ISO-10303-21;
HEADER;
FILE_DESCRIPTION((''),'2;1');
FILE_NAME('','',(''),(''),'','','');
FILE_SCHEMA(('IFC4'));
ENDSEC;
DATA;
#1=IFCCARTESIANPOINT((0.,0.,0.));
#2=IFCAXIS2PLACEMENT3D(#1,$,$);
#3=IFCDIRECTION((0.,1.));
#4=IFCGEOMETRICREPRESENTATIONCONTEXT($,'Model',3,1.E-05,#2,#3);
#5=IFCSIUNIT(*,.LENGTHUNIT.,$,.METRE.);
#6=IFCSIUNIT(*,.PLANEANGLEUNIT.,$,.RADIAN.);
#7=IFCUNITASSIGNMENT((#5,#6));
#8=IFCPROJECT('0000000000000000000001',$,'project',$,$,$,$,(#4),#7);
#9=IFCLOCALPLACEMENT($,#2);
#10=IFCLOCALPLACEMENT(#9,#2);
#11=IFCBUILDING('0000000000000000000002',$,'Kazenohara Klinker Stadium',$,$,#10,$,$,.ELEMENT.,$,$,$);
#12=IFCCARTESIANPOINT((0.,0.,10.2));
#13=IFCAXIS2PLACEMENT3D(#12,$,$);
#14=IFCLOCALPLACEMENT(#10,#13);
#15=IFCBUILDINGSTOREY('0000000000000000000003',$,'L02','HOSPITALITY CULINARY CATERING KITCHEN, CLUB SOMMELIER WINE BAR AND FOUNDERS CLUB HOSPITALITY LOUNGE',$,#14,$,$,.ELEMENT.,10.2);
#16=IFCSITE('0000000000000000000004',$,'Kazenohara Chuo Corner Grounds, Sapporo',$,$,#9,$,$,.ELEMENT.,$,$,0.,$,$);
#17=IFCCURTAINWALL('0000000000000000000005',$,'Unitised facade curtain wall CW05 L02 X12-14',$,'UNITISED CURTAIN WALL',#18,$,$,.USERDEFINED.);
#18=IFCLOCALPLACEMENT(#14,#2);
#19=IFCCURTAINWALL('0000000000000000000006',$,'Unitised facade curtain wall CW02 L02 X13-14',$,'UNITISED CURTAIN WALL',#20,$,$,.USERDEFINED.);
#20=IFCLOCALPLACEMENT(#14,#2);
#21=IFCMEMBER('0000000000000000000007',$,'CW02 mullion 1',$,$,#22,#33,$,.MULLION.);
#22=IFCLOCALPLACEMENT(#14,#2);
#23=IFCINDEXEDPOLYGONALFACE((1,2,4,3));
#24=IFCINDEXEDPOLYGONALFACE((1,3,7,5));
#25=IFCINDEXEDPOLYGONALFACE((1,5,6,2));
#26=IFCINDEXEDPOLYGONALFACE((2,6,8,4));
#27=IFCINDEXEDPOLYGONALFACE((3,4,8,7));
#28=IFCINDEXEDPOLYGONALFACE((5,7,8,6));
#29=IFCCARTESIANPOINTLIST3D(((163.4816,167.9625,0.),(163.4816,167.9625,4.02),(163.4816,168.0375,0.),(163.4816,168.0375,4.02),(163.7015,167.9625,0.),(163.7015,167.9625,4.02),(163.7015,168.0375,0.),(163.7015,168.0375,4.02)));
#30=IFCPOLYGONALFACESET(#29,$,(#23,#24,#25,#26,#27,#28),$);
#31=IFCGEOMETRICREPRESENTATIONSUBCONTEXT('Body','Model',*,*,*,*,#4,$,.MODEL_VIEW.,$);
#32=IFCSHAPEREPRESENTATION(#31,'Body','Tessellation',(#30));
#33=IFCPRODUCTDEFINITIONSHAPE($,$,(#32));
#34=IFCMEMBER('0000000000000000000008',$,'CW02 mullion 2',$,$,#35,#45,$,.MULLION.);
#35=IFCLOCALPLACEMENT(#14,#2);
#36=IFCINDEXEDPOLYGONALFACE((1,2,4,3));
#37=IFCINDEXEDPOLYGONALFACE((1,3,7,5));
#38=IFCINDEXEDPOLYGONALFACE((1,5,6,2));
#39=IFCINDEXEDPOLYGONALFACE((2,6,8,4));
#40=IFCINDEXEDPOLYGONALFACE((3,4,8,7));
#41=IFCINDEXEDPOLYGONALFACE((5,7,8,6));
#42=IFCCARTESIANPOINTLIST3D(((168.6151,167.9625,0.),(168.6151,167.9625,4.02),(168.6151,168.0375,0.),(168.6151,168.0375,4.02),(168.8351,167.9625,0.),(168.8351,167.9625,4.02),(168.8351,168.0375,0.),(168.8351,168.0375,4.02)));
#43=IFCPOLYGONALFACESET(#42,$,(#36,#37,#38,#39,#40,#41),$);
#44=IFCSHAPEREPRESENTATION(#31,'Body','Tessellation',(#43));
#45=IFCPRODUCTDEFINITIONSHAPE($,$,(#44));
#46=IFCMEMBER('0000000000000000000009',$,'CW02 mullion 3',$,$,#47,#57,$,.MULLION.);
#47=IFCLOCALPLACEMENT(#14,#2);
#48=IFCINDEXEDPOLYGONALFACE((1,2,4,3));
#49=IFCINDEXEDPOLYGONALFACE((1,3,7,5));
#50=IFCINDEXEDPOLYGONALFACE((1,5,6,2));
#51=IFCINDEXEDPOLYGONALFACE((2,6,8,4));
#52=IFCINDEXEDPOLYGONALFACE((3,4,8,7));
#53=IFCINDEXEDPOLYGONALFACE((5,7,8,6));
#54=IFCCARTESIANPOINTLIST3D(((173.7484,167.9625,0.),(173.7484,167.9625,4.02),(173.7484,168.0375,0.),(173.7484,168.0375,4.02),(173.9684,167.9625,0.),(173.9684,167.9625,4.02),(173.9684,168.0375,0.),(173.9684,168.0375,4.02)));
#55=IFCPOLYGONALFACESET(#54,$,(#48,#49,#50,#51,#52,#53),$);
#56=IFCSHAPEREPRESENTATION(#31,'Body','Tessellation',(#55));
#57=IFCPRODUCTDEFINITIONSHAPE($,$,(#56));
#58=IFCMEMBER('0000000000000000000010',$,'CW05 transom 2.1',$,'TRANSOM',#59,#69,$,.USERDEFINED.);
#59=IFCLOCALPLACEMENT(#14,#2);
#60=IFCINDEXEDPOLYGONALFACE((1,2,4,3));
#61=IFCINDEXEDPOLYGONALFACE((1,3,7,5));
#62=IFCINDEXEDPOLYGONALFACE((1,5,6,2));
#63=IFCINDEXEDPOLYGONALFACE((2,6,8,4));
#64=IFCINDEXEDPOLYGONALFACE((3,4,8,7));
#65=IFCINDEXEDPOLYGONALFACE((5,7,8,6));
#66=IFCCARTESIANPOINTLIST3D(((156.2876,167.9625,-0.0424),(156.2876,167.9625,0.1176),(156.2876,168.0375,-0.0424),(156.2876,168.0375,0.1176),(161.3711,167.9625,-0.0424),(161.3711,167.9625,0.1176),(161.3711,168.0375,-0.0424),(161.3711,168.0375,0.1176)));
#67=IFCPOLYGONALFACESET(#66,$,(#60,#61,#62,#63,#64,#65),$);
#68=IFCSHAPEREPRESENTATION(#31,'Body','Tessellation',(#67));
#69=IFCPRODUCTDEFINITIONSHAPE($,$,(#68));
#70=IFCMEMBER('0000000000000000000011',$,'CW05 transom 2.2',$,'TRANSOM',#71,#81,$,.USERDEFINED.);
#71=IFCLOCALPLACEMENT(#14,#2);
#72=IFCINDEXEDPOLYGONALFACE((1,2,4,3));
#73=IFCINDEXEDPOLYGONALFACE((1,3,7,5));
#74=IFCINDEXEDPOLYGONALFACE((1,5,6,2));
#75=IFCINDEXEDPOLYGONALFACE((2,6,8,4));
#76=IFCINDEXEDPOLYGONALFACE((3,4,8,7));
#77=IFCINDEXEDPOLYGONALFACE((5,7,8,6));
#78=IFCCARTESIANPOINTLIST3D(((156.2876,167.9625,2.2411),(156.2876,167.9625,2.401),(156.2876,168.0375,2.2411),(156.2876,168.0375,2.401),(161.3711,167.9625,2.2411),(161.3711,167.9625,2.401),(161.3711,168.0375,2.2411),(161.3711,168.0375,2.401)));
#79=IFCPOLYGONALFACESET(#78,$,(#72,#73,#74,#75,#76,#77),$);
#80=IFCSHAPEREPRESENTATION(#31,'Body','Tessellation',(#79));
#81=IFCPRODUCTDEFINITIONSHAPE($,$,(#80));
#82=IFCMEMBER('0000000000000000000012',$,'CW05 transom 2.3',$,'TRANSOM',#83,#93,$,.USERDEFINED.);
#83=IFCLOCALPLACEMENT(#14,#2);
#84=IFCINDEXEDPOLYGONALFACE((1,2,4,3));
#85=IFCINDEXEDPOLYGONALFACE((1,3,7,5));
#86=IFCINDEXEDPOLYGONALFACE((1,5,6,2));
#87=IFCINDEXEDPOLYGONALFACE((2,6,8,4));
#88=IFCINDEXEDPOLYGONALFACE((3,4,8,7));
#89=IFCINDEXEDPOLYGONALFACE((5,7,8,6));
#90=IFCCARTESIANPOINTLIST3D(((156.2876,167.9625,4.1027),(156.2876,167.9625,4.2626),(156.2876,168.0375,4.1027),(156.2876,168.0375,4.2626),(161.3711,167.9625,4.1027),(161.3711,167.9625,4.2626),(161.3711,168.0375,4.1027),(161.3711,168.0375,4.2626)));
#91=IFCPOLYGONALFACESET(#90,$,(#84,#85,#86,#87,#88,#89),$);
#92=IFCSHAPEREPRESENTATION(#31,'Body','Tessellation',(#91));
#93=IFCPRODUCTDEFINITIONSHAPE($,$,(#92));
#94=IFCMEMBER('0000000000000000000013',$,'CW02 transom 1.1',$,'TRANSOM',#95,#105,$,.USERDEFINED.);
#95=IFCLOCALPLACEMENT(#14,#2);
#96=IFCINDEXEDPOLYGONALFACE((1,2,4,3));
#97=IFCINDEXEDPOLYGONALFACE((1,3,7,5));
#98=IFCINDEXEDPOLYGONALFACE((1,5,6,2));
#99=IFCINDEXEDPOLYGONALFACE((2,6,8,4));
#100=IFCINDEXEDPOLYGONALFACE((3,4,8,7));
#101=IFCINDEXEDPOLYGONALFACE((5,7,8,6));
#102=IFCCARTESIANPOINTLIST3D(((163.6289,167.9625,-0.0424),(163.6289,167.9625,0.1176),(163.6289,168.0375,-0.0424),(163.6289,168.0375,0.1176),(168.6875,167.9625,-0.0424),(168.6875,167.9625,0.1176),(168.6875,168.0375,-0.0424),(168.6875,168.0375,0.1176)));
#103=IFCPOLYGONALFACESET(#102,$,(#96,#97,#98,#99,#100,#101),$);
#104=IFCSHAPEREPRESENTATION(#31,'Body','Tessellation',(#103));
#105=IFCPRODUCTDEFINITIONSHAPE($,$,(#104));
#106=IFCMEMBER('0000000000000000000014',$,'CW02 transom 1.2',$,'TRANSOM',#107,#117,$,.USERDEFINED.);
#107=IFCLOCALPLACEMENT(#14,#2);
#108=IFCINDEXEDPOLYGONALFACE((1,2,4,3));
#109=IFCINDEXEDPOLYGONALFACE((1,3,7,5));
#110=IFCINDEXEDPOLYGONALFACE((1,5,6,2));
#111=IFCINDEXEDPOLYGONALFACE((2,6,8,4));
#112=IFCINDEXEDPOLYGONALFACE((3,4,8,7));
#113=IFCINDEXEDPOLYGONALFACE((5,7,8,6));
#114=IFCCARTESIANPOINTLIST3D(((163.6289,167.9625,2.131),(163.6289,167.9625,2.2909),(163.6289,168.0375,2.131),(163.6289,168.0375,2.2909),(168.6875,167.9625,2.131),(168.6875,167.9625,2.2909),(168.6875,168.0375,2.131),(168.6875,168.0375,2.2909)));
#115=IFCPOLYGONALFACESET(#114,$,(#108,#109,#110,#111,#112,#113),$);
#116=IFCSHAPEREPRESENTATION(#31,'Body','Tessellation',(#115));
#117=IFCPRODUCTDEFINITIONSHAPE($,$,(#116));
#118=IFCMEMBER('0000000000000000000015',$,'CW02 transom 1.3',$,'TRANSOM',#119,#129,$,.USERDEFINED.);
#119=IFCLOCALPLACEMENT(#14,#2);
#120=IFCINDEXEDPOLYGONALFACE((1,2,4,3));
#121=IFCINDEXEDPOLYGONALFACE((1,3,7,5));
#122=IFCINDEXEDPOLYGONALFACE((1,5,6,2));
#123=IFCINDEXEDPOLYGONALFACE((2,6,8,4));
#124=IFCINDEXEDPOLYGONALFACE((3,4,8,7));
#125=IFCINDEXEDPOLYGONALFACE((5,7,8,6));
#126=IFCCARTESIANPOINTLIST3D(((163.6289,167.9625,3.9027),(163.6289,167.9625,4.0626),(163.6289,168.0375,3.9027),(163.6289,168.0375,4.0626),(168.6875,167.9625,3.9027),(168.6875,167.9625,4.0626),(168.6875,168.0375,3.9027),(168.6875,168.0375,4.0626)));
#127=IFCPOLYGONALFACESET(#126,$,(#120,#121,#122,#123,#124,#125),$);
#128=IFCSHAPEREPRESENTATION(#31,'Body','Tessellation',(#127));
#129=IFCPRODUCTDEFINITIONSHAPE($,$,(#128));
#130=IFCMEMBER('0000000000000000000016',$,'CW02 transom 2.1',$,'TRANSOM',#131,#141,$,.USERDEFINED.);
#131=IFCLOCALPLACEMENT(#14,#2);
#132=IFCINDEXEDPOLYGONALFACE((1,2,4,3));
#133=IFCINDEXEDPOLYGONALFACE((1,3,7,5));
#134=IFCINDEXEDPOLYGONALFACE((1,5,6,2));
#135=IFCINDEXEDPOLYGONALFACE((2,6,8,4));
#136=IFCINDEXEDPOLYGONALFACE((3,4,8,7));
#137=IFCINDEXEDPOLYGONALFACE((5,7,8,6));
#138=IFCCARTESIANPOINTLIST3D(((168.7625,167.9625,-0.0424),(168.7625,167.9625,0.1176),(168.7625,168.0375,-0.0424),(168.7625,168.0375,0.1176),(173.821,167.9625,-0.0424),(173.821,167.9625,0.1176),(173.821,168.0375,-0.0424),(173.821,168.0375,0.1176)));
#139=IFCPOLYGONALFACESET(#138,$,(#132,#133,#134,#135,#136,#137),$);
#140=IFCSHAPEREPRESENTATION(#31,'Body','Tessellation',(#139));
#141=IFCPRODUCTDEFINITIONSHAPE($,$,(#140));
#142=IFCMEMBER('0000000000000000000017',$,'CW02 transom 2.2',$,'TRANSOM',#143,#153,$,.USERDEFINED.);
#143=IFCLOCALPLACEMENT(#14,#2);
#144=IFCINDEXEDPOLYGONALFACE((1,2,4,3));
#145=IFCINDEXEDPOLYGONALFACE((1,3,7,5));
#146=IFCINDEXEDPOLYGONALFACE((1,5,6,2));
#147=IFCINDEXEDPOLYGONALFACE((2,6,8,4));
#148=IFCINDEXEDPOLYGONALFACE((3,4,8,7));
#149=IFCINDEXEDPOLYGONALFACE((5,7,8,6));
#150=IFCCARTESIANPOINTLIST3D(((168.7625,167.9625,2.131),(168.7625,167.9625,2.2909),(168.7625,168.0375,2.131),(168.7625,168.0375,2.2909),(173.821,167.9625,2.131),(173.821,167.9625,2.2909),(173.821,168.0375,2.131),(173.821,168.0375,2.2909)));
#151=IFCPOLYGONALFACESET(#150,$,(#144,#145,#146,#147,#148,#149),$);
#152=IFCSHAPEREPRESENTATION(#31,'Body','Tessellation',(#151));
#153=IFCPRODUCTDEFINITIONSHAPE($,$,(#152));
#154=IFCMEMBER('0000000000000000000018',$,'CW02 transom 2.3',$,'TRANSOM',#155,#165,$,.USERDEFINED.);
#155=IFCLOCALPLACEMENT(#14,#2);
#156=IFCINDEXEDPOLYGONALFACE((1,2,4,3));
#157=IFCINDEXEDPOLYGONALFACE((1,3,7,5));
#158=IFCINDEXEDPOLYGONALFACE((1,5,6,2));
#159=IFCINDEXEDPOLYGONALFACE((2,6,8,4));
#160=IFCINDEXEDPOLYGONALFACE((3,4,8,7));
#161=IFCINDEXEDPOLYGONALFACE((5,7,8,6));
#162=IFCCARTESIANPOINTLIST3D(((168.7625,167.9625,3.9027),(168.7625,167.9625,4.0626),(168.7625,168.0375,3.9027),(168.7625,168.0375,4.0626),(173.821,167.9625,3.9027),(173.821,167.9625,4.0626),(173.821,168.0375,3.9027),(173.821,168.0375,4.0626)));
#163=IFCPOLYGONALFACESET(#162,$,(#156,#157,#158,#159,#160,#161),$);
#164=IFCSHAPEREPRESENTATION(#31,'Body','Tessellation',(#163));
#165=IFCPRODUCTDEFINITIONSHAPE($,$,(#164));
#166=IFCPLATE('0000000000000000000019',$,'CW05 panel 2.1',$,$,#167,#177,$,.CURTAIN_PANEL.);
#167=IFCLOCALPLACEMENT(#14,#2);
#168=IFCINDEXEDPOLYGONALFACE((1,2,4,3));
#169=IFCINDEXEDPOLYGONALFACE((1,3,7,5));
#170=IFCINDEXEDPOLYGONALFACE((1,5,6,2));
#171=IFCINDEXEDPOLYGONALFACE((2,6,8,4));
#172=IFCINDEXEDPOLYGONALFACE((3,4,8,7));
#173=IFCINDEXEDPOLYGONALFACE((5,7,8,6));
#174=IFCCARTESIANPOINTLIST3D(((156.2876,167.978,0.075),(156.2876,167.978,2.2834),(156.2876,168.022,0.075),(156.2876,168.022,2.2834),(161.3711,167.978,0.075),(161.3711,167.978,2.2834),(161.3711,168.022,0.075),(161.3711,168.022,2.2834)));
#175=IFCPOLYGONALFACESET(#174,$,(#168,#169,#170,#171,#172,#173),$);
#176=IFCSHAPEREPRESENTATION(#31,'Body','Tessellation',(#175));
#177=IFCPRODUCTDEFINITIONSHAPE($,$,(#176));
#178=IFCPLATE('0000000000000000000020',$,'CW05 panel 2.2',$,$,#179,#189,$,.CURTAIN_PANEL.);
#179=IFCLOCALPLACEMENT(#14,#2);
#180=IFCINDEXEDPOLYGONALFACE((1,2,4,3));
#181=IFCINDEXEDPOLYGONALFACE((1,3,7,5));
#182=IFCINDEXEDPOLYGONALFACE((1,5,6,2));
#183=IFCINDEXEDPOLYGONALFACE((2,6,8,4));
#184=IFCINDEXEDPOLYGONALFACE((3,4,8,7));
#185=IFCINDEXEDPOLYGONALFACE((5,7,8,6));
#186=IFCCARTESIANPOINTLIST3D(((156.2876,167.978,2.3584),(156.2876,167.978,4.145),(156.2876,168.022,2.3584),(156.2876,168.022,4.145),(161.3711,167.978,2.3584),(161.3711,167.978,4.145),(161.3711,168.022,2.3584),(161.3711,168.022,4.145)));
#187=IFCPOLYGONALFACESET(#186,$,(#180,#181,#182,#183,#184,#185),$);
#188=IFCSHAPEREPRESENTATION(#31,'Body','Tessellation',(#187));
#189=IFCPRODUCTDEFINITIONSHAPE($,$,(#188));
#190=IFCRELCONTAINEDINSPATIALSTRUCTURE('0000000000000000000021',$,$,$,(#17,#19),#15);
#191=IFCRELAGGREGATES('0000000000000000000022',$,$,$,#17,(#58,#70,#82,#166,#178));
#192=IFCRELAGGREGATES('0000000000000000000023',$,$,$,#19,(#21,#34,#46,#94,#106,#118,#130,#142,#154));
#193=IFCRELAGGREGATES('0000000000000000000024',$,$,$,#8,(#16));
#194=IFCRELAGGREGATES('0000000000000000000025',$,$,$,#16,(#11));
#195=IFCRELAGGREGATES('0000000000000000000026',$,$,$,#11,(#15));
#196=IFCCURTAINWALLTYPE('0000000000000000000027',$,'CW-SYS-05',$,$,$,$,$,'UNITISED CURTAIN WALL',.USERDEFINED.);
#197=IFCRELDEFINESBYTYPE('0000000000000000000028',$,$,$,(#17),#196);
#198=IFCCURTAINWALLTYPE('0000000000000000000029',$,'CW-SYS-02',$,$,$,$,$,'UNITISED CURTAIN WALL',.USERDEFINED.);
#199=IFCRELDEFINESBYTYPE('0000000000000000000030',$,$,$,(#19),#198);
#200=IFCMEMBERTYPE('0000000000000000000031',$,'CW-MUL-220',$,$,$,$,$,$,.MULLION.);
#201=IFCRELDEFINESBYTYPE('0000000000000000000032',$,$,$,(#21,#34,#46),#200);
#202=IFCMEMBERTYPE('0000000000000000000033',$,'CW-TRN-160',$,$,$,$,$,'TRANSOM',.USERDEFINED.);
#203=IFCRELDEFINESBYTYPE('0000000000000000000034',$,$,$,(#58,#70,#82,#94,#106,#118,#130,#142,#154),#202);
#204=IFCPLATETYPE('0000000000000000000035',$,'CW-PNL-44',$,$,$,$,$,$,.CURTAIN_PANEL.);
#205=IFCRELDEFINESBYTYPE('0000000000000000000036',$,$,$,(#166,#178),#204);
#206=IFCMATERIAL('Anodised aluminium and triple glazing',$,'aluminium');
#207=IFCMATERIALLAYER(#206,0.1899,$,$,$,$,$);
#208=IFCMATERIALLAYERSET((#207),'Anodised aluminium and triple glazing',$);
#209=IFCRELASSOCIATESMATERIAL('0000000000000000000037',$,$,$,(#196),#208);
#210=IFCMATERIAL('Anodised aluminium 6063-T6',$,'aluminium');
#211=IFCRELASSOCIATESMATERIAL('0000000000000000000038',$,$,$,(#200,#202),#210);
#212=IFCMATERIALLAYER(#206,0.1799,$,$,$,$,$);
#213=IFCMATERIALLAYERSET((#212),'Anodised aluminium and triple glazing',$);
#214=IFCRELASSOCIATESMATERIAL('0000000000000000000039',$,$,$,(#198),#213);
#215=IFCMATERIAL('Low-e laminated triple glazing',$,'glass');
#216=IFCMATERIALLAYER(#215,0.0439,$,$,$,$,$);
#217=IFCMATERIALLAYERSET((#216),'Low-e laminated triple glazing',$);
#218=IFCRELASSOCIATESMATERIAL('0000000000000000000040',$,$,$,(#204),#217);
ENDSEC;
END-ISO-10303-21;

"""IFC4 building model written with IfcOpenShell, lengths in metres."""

from ifc_helpers import new_model, si_unit, direction, frame, origin, origin_2d, place, context, subcontext, project, spatial, rectangle, extrude, material, layer, layer_set, material_profile, profile_set, type_object, element, aggregate, save


model = new_model("IFC4")

# Units and contexts
model_context = context("Model", 3, precision=1e-05, world=origin(), true_north=direction((0.0, 1.0)))
body_context = subcontext(model_context, "Body", "Model", "MODEL_VIEW")
ifc_project = project(units=[si_unit("LENGTHUNIT", "METRE"), si_unit("PLANEANGLEUNIT", "RADIAN")], contexts=[model_context])

# Site, building, storey
site_placement = place(None, origin())
site = spatial("IfcSite", under=ifc_project, at=site_placement, Name="Kazenohara Chuo Corner Grounds, Sapporo", CompositionType="ELEMENT", RefElevation=0.0)
building_placement = place(site_placement, origin())
building = spatial("IfcBuilding", under=site, at=building_placement, Name="Kazenohara Klinker Stadium", CompositionType="ELEMENT")
storey_placement = place(building_placement, frame((0.0, 0.0, 10.2)))
storey = spatial("IfcBuildingStorey", under=building, at=storey_placement, Name="L02", Description="HOSPITALITY CULINARY CATERING KITCHEN, CLUB SOMMELIER WINE BAR AND FOUNDERS CLUB HOSPITALITY LOUNGE", CompositionType="ELEMENT", Elevation=10.2)

# Curtain wall
ifc_material_1 = material(Name="Anodised aluminium and triple glazing", Category="aluminium")
ifc_layer_1 = layer(ifc_material_1, 0.1899)
ifc_layer_set_1 = layer_set([ifc_layer_1], Name="Anodised aluminium and triple glazing")
curtain_wall_type_1 = type_object("IfcCurtainWallType", Name="CW-SYS-05", ElementType="UNITISED CURTAIN WALL", PredefinedType="USERDEFINED", material=ifc_layer_set_1)
curtain_wall_1_placement = place(storey_placement, origin())
curtain_wall_1 = element("IfcCurtainWall", 1, at=curtain_wall_1_placement, inside=storey, type_object=curtain_wall_type_1, Name="Unitised facade curtain wall CW05 L02 X12-14", ObjectType="UNITISED CURTAIN WALL", PredefinedType="USERDEFINED")
ifc_material_2 = material(Name="Anodised aluminium 6063-T6", Category="aluminium")
ifc_material_profile_1 = material_profile(ifc_material_2, rectangle(XDim=0.075, YDim=0.22, at=origin_2d()), Name="ALU-MUL-75x220")
ifc_profile_set_1 = profile_set([ifc_material_profile_1], Name="Anodised aluminium 6063-T6")
member_type_1 = type_object("IfcMemberType", Name="CW-MUL-220", PredefinedType="MULLION", material=ifc_profile_set_1)

# Curtain wall, members
ifc_layer_2 = layer(ifc_material_1, 0.1799)
ifc_layer_set_2 = layer_set([ifc_layer_2], Name="Anodised aluminium and triple glazing")
curtain_wall_type_2 = type_object("IfcCurtainWallType", Name="CW-SYS-02", ElementType="UNITISED CURTAIN WALL", PredefinedType="USERDEFINED", material=ifc_layer_set_2)
curtain_wall_2_placement = place(storey_placement, origin())
curtain_wall_2 = element("IfcCurtainWall", 2, at=curtain_wall_2_placement, inside=storey, type_object=curtain_wall_type_2, Name="Unitised facade curtain wall CW02 L02 X13-14", ObjectType="UNITISED CURTAIN WALL", PredefinedType="USERDEFINED")
member_1_placement = place(storey_placement, frame((163.5916, 168.0, 0.0), z_axis=(0.0, 0.0, 1.0), x_axis=(0.0, 1.0, 0.0)))
member_1 = element("IfcMember", 3, at=member_1_placement, type_object=member_type_1, Name="CW02 mullion 1", PredefinedType="MULLION", context=body_context, shape_type="SweptSolid", body=[
    extrude(rectangle(XDim=0.075, YDim=0.22, at=origin_2d()), origin(), (0.0, 0.0, 1.0), 4.02),
])
member_2_placement = place(storey_placement, frame((168.7251, 168.0, 0.0), z_axis=(0.0, 0.0, 1.0), x_axis=(0.0, 1.0, 0.0)))
member_2 = element("IfcMember", 4, at=member_2_placement, type_object=member_type_1, Name="CW02 mullion 2", PredefinedType="MULLION", context=body_context, shape_type="SweptSolid", body=[
    extrude(rectangle(XDim=0.075, YDim=0.22, at=origin_2d()), origin(), (0.0, 0.0, 1.0), 4.02),
])
member_3_placement = place(storey_placement, frame((173.8584, 168.0, 0.0), z_axis=(0.0, 0.0, 1.0), x_axis=(0.0, 1.0, 0.0)))
member_3 = element("IfcMember", 5, at=member_3_placement, type_object=member_type_1, Name="CW02 mullion 3", PredefinedType="MULLION", context=body_context, shape_type="SweptSolid", body=[
    extrude(rectangle(XDim=0.075, YDim=0.22, at=origin_2d()), origin(), (0.0, 0.0, 1.0), 4.02),
])

# Members
ifc_material_profile_2 = material_profile(ifc_material_2, rectangle(XDim=0.075, YDim=0.1599, at=origin_2d()), Name="ALU-TRN-75x160")
ifc_profile_set_2 = profile_set([ifc_material_profile_2], Name="Anodised aluminium 6063-T6")
member_type_2 = type_object("IfcMemberType", Name="CW-TRN-160", ElementType="TRANSOM", PredefinedType="USERDEFINED", material=ifc_profile_set_2)
member_4_placement = place(storey_placement, frame((156.2876, 168.0, 0.0376), z_axis=(1.0, 0.0, 0.0), x_axis=(0.0, 1.0, 0.0)))
member_4 = element("IfcMember", 6, at=member_4_placement, type_object=member_type_2, Name="CW05 transom 2.1", ObjectType="TRANSOM", PredefinedType="USERDEFINED", context=body_context, shape_type="SweptSolid", body=[
    extrude(rectangle(XDim=0.075, YDim=0.1599, at=origin_2d()), origin(), (0.0, 0.0, 1.0), 5.0835),
])
member_5_placement = place(storey_placement, frame((156.2876, 168.0, 2.321), z_axis=(1.0, 0.0, 0.0), x_axis=(0.0, 1.0, 0.0)))
member_5 = element("IfcMember", 7, at=member_5_placement, type_object=member_type_2, Name="CW05 transom 2.2", ObjectType="TRANSOM", PredefinedType="USERDEFINED", context=body_context, shape_type="SweptSolid", body=[
    extrude(rectangle(XDim=0.075, YDim=0.1599, at=origin_2d()), origin(), (0.0, 0.0, 1.0), 5.0835),
])
member_6_placement = place(storey_placement, frame((156.2876, 168.0, 4.1826), z_axis=(1.0, 0.0, 0.0), x_axis=(0.0, 1.0, 0.0)))
member_6 = element("IfcMember", 8, at=member_6_placement, type_object=member_type_2, Name="CW05 transom 2.3", ObjectType="TRANSOM", PredefinedType="USERDEFINED", context=body_context, shape_type="SweptSolid", body=[
    extrude(rectangle(XDim=0.075, YDim=0.1599, at=origin_2d()), origin(), (0.0, 0.0, 1.0), 5.0835),
])
member_7_placement = place(storey_placement, frame((163.6289, 168.0, 0.0376), z_axis=(1.0, 0.0, 0.0), x_axis=(0.0, 1.0, 0.0)))
member_7 = element("IfcMember", 9, at=member_7_placement, type_object=member_type_2, Name="CW02 transom 1.1", ObjectType="TRANSOM", PredefinedType="USERDEFINED", context=body_context, shape_type="SweptSolid", body=[
    extrude(rectangle(XDim=0.075, YDim=0.1599, at=origin_2d()), origin(), (0.0, 0.0, 1.0), 5.0586),
])
member_8_placement = place(storey_placement, frame((163.6289, 168.0, 2.2109), z_axis=(1.0, 0.0, 0.0), x_axis=(0.0, 1.0, 0.0)))
member_8 = element("IfcMember", 10, at=member_8_placement, type_object=member_type_2, Name="CW02 transom 1.2", ObjectType="TRANSOM", PredefinedType="USERDEFINED", context=body_context, shape_type="SweptSolid", body=[
    extrude(rectangle(XDim=0.075, YDim=0.1599, at=origin_2d()), origin(), (0.0, 0.0, 1.0), 5.0586),
])
member_9_placement = place(storey_placement, frame((163.6289, 168.0, 3.9827), z_axis=(1.0, 0.0, 0.0), x_axis=(0.0, 1.0, 0.0)))
member_9 = element("IfcMember", 11, at=member_9_placement, type_object=member_type_2, Name="CW02 transom 1.3", ObjectType="TRANSOM", PredefinedType="USERDEFINED", context=body_context, shape_type="SweptSolid", body=[
    extrude(rectangle(XDim=0.075, YDim=0.1599, at=origin_2d()), origin(), (0.0, 0.0, 1.0), 5.0586),
])
member_10_placement = place(storey_placement, frame((168.7625, 168.0, 0.0376), z_axis=(1.0, 0.0, 0.0), x_axis=(0.0, 1.0, 0.0)))
member_10 = element("IfcMember", 12, at=member_10_placement, type_object=member_type_2, Name="CW02 transom 2.1", ObjectType="TRANSOM", PredefinedType="USERDEFINED", context=body_context, shape_type="SweptSolid", body=[
    extrude(rectangle(XDim=0.075, YDim=0.1599, at=origin_2d()), origin(), (0.0, 0.0, 1.0), 5.0586),
])
member_11_placement = place(storey_placement, frame((168.7625, 168.0, 2.2109), z_axis=(1.0, 0.0, 0.0), x_axis=(0.0, 1.0, 0.0)))
member_11 = element("IfcMember", 13, at=member_11_placement, type_object=member_type_2, Name="CW02 transom 2.2", ObjectType="TRANSOM", PredefinedType="USERDEFINED", context=body_context, shape_type="SweptSolid", body=[
    extrude(rectangle(XDim=0.075, YDim=0.1599, at=origin_2d()), origin(), (0.0, 0.0, 1.0), 5.0586),
])
member_12_placement = place(storey_placement, frame((168.7625, 168.0, 3.9827), z_axis=(1.0, 0.0, 0.0), x_axis=(0.0, 1.0, 0.0)))
member_12 = element("IfcMember", 14, at=member_12_placement, type_object=member_type_2, Name="CW02 transom 2.3", ObjectType="TRANSOM", PredefinedType="USERDEFINED", context=body_context, shape_type="SweptSolid", body=[
    extrude(rectangle(XDim=0.075, YDim=0.1599, at=origin_2d()), origin(), (0.0, 0.0, 1.0), 5.0586),
])

# Plates
ifc_material_3 = material(Name="Low-e laminated triple glazing", Category="glass")
ifc_layer_3 = layer(ifc_material_3, 0.0439)
ifc_layer_set_3 = layer_set([ifc_layer_3], Name="Low-e laminated triple glazing")
plate_type = type_object("IfcPlateType", Name="CW-PNL-44", PredefinedType="CURTAIN_PANEL", material=ifc_layer_set_3)
plate_1_placement = place(storey_placement, frame((158.8293, 168.0, 0.075), z_axis=(0.0, 0.0, 1.0), x_axis=(1.0, 0.0, 0.0)))
plate_1 = element("IfcPlate", 15, at=plate_1_placement, type_object=plate_type, Name="CW05 panel 2.1", PredefinedType="CURTAIN_PANEL", context=body_context, shape_type="SweptSolid", body=[
    extrude(rectangle(XDim=5.0835, YDim=0.0439, at=origin_2d()), origin(), (0.0, 0.0, 1.0), 2.2085),
])
plate_2_placement = place(storey_placement, frame((158.8293, 168.0, 2.3584), z_axis=(0.0, 0.0, 1.0), x_axis=(1.0, 0.0, 0.0)))
plate_2 = element("IfcPlate", 16, at=plate_2_placement, type_object=plate_type, Name="CW05 panel 2.2", PredefinedType="CURTAIN_PANEL", context=body_context, shape_type="SweptSolid", body=[
    extrude(rectangle(XDim=5.0835, YDim=0.0439, at=origin_2d()), origin(), (0.0, 0.0, 1.0), 1.7866),
])
aggregate(curtain_wall_1, [member_4, member_5, member_6, plate_1, plate_2])
aggregate(curtain_wall_2, [member_1, member_2, member_3, member_7, member_8, member_9, member_10, member_11, member_12])

save(model, "model.ifc")
